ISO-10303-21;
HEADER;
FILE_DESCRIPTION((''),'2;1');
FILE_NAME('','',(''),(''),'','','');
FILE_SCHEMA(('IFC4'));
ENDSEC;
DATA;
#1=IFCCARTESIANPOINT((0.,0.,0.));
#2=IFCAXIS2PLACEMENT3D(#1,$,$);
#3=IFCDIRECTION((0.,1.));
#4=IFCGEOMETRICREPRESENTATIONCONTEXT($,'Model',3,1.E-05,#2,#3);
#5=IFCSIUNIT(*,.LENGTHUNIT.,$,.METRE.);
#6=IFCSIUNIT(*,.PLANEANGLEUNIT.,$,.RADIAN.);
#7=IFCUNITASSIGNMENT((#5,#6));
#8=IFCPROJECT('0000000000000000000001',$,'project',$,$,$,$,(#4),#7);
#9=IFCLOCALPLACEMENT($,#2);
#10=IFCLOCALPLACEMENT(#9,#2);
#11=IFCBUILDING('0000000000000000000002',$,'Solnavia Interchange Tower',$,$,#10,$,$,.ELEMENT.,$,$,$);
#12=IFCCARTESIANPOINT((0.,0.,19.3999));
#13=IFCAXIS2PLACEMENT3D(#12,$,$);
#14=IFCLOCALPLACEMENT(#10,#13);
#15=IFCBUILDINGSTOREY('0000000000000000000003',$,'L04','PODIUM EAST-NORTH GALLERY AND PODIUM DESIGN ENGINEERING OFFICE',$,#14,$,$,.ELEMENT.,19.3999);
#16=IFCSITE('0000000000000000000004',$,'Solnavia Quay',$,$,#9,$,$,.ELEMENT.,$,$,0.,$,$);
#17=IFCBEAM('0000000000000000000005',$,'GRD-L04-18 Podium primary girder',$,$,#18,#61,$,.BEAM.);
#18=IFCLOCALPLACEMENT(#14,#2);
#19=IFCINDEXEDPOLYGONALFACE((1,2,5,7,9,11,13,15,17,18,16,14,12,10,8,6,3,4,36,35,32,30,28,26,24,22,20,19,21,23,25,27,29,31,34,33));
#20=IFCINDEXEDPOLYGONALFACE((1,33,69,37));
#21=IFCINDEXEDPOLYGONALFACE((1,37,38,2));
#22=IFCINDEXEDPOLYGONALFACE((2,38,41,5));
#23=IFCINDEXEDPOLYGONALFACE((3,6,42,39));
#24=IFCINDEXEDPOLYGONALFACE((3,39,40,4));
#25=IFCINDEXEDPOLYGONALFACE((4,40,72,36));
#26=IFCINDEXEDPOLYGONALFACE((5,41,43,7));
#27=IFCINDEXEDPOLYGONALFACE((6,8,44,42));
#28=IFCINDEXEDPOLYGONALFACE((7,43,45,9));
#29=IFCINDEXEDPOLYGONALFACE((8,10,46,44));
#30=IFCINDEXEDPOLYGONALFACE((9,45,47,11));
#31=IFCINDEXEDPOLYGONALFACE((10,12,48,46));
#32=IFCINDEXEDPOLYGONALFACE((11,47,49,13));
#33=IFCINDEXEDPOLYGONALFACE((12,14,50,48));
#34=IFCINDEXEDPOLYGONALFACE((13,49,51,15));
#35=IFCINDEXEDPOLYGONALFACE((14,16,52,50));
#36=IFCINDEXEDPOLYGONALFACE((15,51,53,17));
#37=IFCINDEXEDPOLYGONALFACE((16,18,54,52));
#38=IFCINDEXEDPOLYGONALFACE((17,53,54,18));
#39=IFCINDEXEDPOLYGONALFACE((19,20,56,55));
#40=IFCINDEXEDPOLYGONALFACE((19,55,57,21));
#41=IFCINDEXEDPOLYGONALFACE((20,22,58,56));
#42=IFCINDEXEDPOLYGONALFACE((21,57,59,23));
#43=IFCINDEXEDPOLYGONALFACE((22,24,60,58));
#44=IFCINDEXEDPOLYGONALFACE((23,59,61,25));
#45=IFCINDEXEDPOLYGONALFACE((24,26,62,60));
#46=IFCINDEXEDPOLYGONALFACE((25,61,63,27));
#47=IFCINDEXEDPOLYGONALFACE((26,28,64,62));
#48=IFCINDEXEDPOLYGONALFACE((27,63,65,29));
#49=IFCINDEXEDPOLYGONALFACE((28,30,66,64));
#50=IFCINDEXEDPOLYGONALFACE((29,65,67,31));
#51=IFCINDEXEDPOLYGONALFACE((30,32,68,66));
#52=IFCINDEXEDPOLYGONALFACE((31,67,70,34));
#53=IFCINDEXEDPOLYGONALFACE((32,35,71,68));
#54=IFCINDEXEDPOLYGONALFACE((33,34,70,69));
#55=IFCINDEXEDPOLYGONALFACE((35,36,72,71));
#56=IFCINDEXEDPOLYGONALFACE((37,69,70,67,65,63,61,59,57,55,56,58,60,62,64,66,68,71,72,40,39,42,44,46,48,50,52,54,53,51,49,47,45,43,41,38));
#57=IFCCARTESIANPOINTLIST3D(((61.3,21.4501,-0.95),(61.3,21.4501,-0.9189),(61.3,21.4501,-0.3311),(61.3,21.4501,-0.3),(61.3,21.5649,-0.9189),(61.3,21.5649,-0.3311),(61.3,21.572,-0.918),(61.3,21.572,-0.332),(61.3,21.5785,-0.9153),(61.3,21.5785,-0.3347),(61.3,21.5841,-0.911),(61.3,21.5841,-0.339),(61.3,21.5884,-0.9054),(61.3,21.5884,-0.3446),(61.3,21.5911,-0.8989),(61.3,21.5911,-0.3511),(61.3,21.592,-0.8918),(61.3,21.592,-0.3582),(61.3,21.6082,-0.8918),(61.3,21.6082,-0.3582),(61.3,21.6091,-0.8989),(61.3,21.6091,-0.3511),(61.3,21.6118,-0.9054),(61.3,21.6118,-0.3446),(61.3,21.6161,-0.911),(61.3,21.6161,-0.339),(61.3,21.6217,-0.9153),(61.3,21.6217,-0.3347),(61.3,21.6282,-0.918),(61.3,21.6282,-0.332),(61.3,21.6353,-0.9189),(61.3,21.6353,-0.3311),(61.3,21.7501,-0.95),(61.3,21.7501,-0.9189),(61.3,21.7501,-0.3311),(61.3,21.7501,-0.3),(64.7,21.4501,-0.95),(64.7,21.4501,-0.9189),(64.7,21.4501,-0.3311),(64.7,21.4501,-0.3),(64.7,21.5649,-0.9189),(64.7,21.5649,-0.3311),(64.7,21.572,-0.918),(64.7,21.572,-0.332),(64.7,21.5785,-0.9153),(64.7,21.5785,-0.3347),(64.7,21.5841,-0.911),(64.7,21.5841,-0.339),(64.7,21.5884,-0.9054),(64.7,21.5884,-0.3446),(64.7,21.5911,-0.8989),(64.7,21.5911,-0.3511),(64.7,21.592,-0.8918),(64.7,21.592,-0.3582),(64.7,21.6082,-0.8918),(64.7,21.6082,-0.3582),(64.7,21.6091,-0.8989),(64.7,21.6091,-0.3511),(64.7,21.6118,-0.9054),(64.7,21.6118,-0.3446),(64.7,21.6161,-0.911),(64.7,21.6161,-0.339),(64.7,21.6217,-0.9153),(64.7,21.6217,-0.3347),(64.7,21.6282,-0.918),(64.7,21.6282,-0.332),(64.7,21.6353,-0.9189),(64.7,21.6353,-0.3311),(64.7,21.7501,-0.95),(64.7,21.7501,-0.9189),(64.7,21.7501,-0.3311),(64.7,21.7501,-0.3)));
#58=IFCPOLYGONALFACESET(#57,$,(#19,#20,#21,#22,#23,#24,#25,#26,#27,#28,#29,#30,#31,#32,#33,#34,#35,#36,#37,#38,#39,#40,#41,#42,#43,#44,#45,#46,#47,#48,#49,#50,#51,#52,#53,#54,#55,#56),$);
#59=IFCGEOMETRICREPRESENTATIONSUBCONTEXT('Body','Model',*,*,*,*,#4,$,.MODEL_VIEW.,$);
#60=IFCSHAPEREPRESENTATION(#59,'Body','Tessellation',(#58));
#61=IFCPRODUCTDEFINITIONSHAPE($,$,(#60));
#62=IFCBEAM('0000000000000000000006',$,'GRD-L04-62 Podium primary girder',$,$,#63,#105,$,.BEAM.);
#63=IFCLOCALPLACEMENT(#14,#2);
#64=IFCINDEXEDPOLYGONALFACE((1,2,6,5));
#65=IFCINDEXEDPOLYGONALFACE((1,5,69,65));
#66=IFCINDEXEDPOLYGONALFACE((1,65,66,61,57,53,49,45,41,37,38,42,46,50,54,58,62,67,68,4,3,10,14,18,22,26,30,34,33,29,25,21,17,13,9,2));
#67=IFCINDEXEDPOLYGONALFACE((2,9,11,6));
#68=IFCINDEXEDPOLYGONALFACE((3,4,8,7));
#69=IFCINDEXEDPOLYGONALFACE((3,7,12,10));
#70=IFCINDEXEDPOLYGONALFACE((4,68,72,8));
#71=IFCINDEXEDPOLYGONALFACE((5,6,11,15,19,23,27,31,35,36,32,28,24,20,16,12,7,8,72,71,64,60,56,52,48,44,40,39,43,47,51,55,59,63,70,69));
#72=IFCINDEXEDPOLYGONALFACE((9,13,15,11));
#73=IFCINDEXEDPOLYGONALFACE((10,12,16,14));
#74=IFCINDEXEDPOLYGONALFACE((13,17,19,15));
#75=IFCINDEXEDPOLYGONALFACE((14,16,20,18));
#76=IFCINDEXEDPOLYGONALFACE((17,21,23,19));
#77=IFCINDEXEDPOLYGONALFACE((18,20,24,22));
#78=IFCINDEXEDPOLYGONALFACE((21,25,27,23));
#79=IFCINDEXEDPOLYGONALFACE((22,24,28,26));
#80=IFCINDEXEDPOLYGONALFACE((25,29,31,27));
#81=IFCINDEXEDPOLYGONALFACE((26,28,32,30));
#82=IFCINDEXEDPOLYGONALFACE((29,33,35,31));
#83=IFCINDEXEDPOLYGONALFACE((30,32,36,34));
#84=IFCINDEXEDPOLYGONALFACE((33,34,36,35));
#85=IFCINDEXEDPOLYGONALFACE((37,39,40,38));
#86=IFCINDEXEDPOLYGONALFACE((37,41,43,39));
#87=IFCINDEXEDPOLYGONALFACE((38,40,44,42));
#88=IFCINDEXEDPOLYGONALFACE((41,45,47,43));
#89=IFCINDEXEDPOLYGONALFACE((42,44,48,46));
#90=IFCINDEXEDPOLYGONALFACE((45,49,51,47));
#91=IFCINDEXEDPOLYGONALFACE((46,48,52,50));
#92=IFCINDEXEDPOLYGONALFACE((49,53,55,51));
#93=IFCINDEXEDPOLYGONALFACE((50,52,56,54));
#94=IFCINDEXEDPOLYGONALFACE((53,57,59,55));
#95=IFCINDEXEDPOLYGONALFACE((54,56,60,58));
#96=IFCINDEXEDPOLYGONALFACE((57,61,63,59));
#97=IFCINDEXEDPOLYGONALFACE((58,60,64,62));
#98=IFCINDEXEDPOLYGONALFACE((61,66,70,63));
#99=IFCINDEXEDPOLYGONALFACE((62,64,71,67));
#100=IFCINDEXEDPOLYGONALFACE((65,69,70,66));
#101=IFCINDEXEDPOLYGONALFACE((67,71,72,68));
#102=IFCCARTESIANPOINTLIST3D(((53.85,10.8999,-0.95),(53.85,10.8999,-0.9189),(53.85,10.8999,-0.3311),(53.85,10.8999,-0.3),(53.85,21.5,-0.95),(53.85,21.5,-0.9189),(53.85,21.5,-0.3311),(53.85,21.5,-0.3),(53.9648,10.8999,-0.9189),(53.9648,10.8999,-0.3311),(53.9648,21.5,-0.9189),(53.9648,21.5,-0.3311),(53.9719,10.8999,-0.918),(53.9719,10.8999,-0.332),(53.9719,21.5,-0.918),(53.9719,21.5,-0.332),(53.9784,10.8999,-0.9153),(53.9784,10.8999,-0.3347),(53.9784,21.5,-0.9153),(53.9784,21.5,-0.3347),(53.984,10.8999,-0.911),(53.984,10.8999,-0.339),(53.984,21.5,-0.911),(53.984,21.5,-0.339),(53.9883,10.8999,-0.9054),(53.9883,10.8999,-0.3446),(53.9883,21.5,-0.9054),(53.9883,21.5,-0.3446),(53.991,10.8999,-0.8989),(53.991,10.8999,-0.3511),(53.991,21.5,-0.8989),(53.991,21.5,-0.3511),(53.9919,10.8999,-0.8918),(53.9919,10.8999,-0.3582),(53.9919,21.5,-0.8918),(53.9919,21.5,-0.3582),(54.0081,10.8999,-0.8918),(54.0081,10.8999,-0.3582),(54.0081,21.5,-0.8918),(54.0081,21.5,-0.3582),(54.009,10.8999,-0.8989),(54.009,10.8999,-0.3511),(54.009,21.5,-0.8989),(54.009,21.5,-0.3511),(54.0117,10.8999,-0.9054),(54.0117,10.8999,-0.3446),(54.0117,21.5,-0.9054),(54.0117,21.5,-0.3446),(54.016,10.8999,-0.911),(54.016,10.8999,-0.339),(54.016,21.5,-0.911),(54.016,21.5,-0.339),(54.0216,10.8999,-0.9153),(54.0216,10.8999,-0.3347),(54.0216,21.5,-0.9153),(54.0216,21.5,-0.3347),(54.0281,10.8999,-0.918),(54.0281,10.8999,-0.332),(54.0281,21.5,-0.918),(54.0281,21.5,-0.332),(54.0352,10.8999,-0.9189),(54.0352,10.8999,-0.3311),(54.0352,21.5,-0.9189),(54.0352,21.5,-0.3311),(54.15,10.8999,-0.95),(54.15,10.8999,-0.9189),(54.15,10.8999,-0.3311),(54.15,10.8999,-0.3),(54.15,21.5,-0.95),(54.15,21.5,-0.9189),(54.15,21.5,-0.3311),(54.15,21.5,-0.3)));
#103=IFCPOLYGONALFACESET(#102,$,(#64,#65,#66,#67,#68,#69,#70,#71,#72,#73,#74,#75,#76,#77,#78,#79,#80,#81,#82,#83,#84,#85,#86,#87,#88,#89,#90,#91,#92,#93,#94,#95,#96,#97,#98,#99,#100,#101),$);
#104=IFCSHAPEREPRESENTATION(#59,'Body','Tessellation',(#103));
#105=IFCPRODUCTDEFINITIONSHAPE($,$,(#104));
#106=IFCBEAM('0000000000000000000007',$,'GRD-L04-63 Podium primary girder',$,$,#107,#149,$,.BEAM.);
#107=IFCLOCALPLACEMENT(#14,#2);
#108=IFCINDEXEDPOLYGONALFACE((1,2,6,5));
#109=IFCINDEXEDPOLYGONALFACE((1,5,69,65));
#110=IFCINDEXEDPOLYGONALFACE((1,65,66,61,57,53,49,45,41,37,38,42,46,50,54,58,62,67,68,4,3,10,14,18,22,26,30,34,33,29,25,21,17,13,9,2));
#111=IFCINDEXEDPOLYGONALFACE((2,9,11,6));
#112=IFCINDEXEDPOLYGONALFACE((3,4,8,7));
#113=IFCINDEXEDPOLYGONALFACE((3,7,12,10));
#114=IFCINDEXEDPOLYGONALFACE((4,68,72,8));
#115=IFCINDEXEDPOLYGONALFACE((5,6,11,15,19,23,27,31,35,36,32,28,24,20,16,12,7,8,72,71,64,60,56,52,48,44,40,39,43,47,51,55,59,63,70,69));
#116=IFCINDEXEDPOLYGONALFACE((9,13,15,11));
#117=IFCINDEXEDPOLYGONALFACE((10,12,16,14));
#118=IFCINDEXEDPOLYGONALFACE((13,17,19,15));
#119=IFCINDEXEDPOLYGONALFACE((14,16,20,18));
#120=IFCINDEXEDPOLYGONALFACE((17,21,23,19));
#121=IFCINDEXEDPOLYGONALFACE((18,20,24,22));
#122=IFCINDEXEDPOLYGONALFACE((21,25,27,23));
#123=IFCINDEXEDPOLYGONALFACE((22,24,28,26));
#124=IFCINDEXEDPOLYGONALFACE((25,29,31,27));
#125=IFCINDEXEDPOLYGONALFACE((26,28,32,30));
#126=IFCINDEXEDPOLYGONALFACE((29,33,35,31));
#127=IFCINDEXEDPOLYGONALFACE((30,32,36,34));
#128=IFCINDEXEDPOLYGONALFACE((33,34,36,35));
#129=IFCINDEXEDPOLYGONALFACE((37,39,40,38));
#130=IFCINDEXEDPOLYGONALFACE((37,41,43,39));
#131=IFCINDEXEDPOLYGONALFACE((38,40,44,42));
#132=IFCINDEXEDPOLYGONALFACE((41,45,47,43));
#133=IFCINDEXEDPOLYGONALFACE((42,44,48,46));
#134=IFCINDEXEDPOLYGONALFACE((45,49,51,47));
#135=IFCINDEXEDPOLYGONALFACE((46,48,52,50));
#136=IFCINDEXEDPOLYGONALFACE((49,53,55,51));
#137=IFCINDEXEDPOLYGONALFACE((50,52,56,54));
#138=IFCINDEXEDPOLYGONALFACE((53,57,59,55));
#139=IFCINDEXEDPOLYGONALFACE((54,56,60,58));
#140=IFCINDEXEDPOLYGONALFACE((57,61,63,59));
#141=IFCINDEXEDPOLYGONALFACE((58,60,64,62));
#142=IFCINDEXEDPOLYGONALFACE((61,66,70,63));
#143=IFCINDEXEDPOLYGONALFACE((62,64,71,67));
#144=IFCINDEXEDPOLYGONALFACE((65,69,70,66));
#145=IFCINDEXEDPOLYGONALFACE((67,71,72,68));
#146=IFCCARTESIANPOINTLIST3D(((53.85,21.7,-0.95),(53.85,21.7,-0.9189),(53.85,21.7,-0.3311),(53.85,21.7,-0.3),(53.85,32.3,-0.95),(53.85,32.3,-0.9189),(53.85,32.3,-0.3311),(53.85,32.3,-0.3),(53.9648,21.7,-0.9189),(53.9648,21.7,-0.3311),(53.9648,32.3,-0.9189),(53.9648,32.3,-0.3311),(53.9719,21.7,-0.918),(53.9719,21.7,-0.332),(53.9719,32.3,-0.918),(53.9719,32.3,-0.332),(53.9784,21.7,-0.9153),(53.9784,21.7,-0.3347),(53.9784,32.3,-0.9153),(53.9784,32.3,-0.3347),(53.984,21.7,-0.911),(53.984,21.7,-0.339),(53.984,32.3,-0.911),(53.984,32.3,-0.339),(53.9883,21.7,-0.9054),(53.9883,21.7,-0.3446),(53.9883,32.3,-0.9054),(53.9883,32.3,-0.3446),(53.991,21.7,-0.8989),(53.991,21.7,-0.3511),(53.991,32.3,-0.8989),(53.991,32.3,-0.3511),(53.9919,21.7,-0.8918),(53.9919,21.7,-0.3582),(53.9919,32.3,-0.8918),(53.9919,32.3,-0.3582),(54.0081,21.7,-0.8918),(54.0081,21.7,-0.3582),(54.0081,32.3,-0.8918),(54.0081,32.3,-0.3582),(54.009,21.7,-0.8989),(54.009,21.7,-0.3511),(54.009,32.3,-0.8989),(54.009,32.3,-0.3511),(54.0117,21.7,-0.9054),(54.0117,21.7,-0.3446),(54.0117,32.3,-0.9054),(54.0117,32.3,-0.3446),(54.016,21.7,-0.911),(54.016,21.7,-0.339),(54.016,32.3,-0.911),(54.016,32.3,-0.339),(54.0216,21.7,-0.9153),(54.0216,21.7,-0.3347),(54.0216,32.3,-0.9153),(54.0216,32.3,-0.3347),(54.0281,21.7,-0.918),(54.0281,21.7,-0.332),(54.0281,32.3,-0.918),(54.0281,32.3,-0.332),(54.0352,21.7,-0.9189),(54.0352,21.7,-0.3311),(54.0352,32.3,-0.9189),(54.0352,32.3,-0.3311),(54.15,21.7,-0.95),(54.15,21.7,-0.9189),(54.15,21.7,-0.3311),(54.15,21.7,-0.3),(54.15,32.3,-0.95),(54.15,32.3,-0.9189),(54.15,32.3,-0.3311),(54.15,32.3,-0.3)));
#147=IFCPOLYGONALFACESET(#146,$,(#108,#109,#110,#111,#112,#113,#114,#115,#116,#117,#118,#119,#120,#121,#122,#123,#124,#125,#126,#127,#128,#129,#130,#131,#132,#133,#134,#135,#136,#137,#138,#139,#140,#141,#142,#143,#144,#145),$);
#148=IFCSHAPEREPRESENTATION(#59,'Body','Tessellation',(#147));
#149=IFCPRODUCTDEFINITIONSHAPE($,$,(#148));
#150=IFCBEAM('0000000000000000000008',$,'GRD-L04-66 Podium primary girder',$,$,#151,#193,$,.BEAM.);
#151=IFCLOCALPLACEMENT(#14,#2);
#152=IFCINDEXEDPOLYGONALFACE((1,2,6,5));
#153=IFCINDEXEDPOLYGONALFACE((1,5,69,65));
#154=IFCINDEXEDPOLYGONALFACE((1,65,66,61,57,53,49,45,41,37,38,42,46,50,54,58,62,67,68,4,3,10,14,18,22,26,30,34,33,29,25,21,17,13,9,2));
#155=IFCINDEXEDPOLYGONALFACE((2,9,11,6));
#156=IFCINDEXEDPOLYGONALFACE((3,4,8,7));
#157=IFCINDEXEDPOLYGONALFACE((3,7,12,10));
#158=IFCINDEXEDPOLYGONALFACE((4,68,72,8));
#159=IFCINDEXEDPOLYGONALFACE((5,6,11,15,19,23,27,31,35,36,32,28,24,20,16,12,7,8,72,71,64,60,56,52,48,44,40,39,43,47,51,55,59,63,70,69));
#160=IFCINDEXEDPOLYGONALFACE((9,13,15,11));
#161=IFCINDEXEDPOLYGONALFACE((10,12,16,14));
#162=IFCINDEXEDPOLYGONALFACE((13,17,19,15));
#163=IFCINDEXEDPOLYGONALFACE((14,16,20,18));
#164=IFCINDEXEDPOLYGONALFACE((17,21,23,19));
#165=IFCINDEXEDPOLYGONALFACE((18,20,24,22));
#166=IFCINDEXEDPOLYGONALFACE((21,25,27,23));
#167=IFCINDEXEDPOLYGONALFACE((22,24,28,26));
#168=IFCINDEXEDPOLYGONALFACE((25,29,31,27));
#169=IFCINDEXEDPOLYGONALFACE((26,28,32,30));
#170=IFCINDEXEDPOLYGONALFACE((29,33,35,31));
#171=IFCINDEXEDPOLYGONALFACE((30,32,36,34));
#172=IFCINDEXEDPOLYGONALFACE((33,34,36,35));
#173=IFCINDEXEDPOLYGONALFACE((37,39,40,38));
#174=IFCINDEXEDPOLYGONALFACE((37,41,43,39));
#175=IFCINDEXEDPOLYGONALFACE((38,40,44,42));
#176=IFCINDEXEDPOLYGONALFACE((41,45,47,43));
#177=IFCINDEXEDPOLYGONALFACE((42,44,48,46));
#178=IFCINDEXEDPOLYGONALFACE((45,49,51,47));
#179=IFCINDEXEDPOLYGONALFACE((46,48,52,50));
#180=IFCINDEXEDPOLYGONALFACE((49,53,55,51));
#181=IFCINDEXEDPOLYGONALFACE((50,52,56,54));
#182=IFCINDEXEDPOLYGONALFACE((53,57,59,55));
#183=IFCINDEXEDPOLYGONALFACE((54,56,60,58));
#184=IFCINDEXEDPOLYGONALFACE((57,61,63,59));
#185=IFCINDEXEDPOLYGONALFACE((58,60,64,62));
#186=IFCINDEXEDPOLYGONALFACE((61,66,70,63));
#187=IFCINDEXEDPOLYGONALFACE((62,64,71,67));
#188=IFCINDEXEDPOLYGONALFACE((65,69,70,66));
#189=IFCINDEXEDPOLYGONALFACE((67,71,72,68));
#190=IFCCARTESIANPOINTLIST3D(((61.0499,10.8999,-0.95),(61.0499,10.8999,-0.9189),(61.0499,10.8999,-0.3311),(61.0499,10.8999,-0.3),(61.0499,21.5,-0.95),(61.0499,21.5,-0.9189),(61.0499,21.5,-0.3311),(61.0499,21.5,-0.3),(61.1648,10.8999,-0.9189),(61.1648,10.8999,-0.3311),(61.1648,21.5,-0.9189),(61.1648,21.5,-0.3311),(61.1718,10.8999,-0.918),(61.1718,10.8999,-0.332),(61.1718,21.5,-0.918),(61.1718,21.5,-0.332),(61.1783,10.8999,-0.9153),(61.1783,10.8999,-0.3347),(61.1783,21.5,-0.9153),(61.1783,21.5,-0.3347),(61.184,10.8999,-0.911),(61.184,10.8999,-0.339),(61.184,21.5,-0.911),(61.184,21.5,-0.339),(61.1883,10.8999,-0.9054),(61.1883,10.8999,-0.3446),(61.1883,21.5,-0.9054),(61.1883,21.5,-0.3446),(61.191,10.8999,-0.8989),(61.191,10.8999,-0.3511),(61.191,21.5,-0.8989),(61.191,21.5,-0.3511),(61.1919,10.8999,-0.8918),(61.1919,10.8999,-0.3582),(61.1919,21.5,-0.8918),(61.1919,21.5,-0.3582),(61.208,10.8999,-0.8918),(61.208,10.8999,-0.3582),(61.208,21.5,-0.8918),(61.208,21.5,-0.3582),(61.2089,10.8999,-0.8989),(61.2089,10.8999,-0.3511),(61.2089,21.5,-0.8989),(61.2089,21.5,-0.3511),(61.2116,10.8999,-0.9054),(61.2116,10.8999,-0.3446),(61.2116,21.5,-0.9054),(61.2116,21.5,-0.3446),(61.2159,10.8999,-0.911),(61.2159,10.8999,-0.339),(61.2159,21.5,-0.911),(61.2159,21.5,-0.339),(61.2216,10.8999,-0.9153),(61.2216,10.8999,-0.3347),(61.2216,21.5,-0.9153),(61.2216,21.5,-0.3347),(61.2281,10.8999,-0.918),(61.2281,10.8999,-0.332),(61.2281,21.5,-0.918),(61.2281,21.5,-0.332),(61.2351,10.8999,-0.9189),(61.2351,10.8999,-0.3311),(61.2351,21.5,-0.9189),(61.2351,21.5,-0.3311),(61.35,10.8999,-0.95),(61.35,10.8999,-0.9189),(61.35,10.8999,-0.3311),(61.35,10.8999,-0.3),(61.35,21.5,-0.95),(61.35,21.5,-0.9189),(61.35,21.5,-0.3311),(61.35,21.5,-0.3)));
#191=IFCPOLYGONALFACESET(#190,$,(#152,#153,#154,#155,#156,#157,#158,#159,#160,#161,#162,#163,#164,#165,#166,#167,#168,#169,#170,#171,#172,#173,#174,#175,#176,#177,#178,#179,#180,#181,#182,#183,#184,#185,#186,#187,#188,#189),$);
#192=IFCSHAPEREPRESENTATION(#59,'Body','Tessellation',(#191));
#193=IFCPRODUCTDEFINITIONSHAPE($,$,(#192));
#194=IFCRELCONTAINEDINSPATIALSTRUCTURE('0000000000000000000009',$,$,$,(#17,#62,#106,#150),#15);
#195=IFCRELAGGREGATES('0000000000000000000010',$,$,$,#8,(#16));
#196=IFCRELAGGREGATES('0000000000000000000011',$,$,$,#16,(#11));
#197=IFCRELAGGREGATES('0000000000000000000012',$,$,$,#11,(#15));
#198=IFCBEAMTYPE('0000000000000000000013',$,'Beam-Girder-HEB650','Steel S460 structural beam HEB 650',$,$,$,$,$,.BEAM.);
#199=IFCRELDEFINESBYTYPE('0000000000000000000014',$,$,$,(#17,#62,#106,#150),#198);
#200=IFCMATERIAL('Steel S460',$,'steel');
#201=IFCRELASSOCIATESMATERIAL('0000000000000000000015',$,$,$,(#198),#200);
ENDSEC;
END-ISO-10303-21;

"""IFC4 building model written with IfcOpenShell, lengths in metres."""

from ifc_helpers import new_model, si_unit, direction, frame, origin, origin_2d, place, context, subcontext, project, spatial, i_section, extrude, material, material_profile, profile_set, type_object, element, save


model = new_model("IFC4")

# Units and contexts
model_context = context("Model", 3, precision=1e-05, world=origin(), true_north=direction((0.0, 1.0)))
body_context = subcontext(model_context, "Body", "Model", "MODEL_VIEW")
ifc_project = project(units=[si_unit("LENGTHUNIT", "METRE"), si_unit("PLANEANGLEUNIT", "RADIAN")], contexts=[model_context])

# Site, building, storey
site_placement = place(None, origin())
site = spatial("IfcSite", under=ifc_project, at=site_placement, Name="Solnavia Quay", CompositionType="ELEMENT", RefElevation=0.0)
building_placement = place(site_placement, origin())
building = spatial("IfcBuilding", under=site, at=building_placement, Name="Solnavia Interchange Tower", CompositionType="ELEMENT")
storey_placement = place(building_placement, frame((0.0, 0.0, 19.3999)))
storey = spatial("IfcBuildingStorey", under=building, at=storey_placement, Name="L04", Description="PODIUM EAST-NORTH GALLERY AND PODIUM DESIGN ENGINEERING OFFICE", CompositionType="ELEMENT", Elevation=19.3999)

# Beams
ifc_material_1 = material(Name="Steel S460", Category="steel")
ifc_material_profile_1 = material_profile(ifc_material_1, i_section(OverallWidth=0.3, OverallDepth=0.6499, WebThickness=0.0161, FlangeThickness=0.031, FilletRadius=0.0271, at=origin_2d()), Name="HEB 650")
ifc_profile_set_1 = profile_set([ifc_material_profile_1], Name="Steel S460")
beam_type_1 = type_object("IfcBeamType", Name="Beam-Girder-HEB650", Description="Steel S460 structural beam HEB 650", PredefinedType="BEAM", material=ifc_profile_set_1)
beam_1_placement = place(storey_placement, frame((61.3, 21.6001, -0.625), z_axis=(1.0, 0.0, 0.0), x_axis=(0.0, 1.0, 0.0)))
element("IfcBeam", 1, at=beam_1_placement, inside=storey, type_object=beam_type_1, Name="GRD-L04-18 Podium primary girder", PredefinedType="BEAM", context=body_context, shape_type="SweptSolid", body=[
    extrude(i_section(OverallWidth=0.3, OverallDepth=0.6499, WebThickness=0.0161, FlangeThickness=0.031, FilletRadius=0.0271, at=origin_2d()), origin(), (0.0, 0.0, 1.0), 3.3999),
])
for number, where, z_axis, x_axis, name in (
    (2, (54.0, 10.8999, -0.625), (0.0, 1.0, 0.0), (-1.0, 0.0, 0.0), "GRD-L04-62 Podium primary girder"),
    (3, (54.0, 21.7, -0.625), (0.0, 1.0, 0.0), (-1.0, 0.0, 0.0), "GRD-L04-63 Podium primary girder"),
    (4, (61.2, 10.8999, -0.625), (0.0, 1.0, 0.0), (-1.0, 0.0, 0.0), "GRD-L04-66 Podium primary girder"),
):
    element("IfcBeam", number, at=place(storey_placement, frame(where, z_axis=z_axis, x_axis=x_axis)), inside=storey, type_object=beam_type_1, Name=name, PredefinedType="BEAM", context=body_context, shape_type="SweptSolid", body=[
        extrude(i_section(OverallWidth=0.3, OverallDepth=0.6499, WebThickness=0.0161, FlangeThickness=0.031, FilletRadius=0.0271, at=origin_2d()), origin(), (0.0, 0.0, 1.0), 10.6001),
    ])

save(model, "model.ifc")
